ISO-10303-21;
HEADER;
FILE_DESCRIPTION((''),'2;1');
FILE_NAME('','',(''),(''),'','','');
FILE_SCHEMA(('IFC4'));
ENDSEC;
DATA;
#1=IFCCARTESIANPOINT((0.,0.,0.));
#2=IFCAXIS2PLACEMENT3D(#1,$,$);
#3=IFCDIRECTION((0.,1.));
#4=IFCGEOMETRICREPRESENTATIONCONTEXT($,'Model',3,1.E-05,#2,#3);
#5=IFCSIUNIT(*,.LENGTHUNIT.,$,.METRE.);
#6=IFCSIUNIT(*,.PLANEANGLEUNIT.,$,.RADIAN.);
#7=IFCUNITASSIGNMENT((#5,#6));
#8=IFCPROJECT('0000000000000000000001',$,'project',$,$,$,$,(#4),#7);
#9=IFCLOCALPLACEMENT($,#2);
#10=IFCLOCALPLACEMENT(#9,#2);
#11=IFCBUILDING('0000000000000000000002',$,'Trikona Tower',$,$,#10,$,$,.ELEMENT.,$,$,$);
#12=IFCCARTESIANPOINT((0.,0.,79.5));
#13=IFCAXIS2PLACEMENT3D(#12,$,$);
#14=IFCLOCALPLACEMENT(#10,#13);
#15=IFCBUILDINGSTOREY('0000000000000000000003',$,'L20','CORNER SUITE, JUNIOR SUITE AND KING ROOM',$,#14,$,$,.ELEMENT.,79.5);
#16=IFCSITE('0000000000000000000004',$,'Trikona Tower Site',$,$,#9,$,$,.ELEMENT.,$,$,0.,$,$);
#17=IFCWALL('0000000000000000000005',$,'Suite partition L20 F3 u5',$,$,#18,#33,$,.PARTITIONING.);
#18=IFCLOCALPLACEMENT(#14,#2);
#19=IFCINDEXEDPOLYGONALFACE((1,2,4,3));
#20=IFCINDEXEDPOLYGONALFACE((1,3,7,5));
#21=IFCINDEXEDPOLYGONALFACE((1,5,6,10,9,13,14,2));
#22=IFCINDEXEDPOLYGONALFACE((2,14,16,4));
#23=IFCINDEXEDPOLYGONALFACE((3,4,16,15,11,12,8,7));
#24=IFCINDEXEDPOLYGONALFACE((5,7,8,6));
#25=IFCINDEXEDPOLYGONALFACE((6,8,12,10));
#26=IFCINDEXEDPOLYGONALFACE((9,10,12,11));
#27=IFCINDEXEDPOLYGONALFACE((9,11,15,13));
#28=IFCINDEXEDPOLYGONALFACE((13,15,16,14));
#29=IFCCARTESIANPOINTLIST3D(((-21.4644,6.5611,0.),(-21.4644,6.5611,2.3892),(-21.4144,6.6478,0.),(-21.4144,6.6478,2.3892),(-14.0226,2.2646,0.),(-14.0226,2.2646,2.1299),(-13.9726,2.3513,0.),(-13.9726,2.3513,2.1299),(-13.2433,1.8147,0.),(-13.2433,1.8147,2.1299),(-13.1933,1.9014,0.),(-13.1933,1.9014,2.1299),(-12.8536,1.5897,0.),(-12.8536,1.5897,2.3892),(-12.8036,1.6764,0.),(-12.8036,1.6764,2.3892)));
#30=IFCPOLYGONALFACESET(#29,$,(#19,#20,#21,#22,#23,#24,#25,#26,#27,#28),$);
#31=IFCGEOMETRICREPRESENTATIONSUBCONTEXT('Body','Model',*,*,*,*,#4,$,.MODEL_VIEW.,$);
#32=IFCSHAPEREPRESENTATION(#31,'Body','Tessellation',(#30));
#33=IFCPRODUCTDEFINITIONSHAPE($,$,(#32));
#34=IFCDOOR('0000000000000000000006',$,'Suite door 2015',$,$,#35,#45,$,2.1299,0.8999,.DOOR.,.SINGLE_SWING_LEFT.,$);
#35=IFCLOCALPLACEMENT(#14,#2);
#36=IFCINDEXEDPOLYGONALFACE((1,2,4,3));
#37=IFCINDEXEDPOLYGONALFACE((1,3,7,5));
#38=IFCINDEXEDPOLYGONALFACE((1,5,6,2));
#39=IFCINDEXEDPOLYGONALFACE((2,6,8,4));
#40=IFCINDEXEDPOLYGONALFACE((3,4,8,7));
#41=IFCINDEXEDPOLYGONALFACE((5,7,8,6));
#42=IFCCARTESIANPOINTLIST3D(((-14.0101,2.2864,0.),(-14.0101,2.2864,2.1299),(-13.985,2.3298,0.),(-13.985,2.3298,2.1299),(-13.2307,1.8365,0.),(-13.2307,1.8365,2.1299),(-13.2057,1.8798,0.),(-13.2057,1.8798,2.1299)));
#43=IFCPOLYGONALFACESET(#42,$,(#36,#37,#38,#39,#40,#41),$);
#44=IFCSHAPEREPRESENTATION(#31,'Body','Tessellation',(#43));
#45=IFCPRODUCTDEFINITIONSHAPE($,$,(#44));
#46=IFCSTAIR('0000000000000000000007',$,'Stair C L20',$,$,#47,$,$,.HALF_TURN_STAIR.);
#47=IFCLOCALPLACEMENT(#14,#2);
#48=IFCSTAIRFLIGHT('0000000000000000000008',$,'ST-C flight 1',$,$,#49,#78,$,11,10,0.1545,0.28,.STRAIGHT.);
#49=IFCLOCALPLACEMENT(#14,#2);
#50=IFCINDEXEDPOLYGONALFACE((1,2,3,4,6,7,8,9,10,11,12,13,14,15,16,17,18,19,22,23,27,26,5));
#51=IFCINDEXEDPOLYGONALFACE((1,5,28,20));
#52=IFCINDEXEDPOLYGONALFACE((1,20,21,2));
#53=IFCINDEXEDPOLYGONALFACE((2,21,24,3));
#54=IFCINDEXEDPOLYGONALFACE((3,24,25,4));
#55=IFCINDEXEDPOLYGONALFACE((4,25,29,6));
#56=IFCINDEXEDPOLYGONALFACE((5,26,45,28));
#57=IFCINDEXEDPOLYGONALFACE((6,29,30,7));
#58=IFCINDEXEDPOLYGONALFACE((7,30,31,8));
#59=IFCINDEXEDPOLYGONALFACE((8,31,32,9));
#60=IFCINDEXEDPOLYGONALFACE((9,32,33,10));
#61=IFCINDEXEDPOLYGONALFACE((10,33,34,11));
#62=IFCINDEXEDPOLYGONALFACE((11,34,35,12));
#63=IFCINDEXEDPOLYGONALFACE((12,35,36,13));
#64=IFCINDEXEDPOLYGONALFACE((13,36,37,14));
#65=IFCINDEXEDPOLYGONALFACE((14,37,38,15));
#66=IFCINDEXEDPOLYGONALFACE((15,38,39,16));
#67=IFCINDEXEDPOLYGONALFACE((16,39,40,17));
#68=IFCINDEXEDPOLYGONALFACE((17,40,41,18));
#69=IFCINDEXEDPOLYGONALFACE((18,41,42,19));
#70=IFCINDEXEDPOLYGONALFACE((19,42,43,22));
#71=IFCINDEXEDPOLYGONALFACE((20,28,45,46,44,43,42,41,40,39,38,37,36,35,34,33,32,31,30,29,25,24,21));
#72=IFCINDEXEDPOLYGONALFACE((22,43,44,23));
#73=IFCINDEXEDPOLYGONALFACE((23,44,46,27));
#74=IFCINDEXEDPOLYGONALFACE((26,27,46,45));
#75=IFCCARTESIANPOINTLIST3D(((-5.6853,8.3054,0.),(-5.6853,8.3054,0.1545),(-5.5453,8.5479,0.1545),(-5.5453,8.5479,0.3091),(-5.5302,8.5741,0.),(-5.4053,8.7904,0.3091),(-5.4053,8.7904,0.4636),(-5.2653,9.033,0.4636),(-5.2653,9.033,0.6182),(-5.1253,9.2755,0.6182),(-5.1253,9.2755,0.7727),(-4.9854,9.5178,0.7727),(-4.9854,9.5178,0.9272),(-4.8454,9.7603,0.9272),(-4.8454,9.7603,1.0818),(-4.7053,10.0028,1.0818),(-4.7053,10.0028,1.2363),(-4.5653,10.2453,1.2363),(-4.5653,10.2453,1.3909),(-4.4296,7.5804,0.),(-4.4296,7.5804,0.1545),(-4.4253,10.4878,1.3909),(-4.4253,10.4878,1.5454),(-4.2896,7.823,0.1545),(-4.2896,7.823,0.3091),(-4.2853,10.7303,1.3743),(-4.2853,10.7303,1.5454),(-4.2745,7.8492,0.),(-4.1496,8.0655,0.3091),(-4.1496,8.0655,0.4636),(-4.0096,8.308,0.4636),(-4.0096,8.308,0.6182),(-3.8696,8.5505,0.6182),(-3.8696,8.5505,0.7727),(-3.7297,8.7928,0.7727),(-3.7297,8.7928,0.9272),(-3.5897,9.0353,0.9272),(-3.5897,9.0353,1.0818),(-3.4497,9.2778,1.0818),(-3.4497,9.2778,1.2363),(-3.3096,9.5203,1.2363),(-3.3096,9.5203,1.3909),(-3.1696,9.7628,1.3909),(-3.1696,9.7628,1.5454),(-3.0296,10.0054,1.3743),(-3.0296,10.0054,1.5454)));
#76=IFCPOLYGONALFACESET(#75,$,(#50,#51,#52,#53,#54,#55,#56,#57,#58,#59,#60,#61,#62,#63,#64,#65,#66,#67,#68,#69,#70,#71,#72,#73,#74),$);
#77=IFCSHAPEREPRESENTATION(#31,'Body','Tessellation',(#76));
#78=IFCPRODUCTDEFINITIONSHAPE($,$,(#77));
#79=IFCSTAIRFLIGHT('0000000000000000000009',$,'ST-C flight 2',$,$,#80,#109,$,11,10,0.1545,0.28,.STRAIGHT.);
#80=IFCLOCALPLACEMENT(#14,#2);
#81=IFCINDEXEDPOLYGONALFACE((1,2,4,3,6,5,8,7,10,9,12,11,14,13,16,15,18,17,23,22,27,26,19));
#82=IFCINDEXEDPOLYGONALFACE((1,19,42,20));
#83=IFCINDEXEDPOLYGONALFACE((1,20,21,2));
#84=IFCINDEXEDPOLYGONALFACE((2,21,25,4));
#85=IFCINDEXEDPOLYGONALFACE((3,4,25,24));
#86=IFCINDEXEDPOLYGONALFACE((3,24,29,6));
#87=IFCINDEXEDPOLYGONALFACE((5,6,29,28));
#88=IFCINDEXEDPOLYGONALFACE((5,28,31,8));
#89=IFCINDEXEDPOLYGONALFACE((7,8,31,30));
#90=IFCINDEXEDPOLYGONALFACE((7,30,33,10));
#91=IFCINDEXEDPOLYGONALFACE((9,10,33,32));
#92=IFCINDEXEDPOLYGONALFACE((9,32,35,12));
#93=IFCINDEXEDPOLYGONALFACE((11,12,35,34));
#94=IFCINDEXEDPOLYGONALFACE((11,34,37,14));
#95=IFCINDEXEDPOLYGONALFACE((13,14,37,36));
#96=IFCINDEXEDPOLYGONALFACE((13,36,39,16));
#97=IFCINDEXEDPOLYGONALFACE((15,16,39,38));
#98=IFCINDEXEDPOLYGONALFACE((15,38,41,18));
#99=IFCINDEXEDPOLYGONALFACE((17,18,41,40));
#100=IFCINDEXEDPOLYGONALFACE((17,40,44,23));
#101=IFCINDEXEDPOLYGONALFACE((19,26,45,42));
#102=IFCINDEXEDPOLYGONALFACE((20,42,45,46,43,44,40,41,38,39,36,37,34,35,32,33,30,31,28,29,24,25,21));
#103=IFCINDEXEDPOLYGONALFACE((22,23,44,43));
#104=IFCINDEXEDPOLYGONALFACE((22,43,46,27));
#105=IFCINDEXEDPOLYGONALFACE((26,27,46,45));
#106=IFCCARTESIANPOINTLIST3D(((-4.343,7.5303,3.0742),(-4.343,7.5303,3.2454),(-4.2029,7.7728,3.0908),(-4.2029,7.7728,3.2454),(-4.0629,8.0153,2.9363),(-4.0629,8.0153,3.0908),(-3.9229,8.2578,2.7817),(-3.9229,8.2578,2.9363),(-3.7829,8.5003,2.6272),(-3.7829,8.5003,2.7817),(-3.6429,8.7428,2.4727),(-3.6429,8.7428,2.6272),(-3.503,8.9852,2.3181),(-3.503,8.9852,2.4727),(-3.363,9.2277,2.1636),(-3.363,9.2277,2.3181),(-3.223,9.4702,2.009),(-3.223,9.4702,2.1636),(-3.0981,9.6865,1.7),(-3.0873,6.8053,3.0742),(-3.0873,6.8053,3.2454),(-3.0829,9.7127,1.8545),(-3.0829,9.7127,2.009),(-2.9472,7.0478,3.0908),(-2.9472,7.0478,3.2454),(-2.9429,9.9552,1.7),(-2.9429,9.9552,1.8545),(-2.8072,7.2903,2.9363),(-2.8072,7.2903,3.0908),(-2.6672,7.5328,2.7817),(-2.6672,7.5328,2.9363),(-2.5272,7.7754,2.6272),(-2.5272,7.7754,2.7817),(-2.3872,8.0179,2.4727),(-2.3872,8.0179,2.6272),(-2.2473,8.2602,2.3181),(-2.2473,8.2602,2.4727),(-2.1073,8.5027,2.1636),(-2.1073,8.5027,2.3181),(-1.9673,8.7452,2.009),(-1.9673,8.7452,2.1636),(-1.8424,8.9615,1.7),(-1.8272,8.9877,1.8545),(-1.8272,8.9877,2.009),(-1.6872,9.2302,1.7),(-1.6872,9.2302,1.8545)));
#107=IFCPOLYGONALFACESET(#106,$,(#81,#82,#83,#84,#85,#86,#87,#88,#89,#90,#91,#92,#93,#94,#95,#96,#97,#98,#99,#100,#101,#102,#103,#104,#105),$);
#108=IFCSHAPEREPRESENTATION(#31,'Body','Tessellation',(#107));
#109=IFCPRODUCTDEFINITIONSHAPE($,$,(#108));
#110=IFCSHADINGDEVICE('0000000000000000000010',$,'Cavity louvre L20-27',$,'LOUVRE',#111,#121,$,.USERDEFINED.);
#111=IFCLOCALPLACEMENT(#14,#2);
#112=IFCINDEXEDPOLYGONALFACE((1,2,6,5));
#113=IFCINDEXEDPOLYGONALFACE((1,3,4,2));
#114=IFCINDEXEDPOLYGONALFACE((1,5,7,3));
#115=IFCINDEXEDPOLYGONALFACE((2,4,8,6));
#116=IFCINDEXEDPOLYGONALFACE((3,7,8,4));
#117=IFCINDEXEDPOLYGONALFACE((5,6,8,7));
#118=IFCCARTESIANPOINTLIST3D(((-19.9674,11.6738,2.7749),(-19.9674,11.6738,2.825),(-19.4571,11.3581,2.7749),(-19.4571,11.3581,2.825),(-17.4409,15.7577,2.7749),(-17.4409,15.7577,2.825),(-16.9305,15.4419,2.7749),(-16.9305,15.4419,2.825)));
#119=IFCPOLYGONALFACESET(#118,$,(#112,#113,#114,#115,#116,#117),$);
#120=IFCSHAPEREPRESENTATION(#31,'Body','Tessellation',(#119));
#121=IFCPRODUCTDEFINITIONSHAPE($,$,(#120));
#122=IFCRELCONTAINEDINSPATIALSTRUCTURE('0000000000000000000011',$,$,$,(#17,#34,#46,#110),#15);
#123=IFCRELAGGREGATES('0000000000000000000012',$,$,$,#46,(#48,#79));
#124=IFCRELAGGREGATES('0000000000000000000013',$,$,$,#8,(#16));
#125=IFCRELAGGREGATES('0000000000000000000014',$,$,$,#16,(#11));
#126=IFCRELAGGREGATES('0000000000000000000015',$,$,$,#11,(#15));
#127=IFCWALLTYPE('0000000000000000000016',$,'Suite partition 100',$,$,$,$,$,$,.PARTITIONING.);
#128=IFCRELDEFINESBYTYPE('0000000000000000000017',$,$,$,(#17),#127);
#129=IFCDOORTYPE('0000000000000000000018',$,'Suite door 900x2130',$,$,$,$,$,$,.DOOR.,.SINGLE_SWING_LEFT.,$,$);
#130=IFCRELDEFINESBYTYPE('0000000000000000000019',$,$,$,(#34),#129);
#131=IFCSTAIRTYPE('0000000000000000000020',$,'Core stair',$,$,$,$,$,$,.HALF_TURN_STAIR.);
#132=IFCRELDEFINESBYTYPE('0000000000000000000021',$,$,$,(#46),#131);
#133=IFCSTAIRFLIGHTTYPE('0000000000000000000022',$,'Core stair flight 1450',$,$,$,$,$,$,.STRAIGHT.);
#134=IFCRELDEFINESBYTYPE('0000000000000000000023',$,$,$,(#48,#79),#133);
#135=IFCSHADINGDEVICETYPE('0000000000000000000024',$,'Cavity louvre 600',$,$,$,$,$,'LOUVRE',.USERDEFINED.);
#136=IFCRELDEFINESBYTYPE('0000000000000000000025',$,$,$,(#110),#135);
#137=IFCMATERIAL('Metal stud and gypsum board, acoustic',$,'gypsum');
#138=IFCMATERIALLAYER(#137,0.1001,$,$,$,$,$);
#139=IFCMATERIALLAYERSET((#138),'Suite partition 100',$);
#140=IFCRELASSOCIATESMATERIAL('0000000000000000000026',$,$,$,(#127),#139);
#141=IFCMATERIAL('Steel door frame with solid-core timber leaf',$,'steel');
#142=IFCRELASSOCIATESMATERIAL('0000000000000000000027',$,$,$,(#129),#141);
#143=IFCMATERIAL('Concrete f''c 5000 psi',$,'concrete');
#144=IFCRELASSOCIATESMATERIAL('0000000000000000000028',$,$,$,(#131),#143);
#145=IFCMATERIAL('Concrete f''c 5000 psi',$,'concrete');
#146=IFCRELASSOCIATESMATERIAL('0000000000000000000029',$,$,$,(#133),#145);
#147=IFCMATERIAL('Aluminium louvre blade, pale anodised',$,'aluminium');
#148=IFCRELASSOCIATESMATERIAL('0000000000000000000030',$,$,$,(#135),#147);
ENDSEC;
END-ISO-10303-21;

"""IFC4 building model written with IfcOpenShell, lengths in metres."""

from ifc_helpers import new_model, si_unit, direction, frame, frame_2d, origin, origin_2d, place, context, subcontext, project, spatial, polyline, rectangle, outline, extrude, material, layer, layer_set, type_object, element, fill, aggregate, save


model = new_model("IFC4")

# Units and contexts
model_context = context("Model", 3, precision=1e-05, world=origin(), true_north=direction((0.0, 1.0)))
body_context = subcontext(model_context, "Body", "Model", "MODEL_VIEW")
ifc_project = project(units=[si_unit("LENGTHUNIT", "METRE"), si_unit("PLANEANGLEUNIT", "RADIAN")], contexts=[model_context])

# Site, building, storey
site_placement = place(None, origin())
site = spatial("IfcSite", under=ifc_project, at=site_placement, Name="Trikona Tower Site", CompositionType="ELEMENT", RefElevation=0.0)
building_placement = place(site_placement, origin())
building = spatial("IfcBuilding", under=site, at=building_placement, Name="Trikona Tower", CompositionType="ELEMENT")
storey_placement = place(building_placement, frame((0.0, 0.0, 79.5)))
storey = spatial("IfcBuildingStorey", under=building, at=storey_placement, Name="L20", Description="CORNER SUITE, JUNIOR SUITE AND KING ROOM", CompositionType="ELEMENT", Elevation=79.5)

# Wall, opening, door
ifc_material_1 = material(Name="Metal stud and gypsum board, acoustic", Category="gypsum")
ifc_layer_1 = layer(ifc_material_1, 0.1001)
ifc_layer_set_1 = layer_set([ifc_layer_1], Name="Suite partition 100")
wall_type_1 = type_object("IfcWallType", Name="Suite partition 100", PredefinedType="PARTITIONING", material=ifc_layer_set_1)
ifc_material_2 = material(Name="Steel door frame with solid-core timber leaf", Category="steel")
door_type_1 = type_object("IfcDoorType", Name="Suite door 900x2130", OperationType="SINGLE_SWING_LEFT", PredefinedType="DOOR", material=ifc_material_2)
wall_1_placement = place(storey_placement, frame((-12.8286, 1.6331, 0.0), z_axis=(0.0, 0.0, 1.0), x_axis=(-0.866027, 0.499997, 0.0)))
wall_1 = element("IfcWall", 1, at=wall_1_placement, inside=storey, type_object=wall_type_1, Name="Suite partition L20 F3 u5", PredefinedType="PARTITIONING", context=body_context, shape_type="SweptSolid", body=[
    extrude(rectangle(XDim=9.9429, YDim=0.1001, at=frame_2d((4.9714, 0.0))), origin(), (0.0, 0.0, 1.0), 2.3892),
])
opening_1_placement = place(wall_1_placement, frame((0.45, 0.0, 0.0)))
opening_1 = element("IfcOpeningElement", 2, at=opening_1_placement, cuts=wall_1, PredefinedType="OPENING", context=body_context, shape_type="SweptSolid", body=[
    extrude(rectangle(XDim=0.8999, YDim=2.1299, at=frame_2d((0.45, 1.0649))), frame((0.0, 0.0601, 0.0), z_axis=(0.0, -1.0, 0.0), x_axis=(1.0, 0.0, 0.0)), (0.0, 0.0, 1.0), 0.1201),
])
door_1_placement = place(opening_1_placement, origin())
door_1 = element("IfcDoor", 3, at=door_1_placement, inside=storey, type_object=door_type_1, Name="Suite door 2015", OperationType="SINGLE_SWING_LEFT", OverallHeight=2.1299, OverallWidth=0.8999, PredefinedType="DOOR", context=body_context, shape_type="SweptSolid", body=[
    extrude(rectangle(XDim=0.8999, YDim=2.1299, at=frame_2d((0.45, 1.0649))), frame((0.0, 0.0249, 0.0), z_axis=(0.0, -1.0, 0.0), x_axis=(1.0, 0.0, 0.0)), (0.0, 0.0, 1.0), 0.05),
])
fill(opening_1, door_1)

# Stair, stair flights
ifc_material_3 = material(Name="Concrete f'c 5000 psi", Category="concrete")
stair_type = type_object("IfcStairType", Name="Core stair", PredefinedType="HALF_TURN_STAIR", material=ifc_material_3)
stair_placement = place(storey_placement, origin())
stair = element("IfcStair", 4, at=stair_placement, inside=storey, type_object=stair_type, Name="Stair C L20", PredefinedType="HALF_TURN_STAIR")
ifc_material_4 = material(Name="Concrete f'c 5000 psi", Category="concrete")
stair_flight_type = type_object("IfcStairFlightType", Name="Core stair flight 1450", PredefinedType="STRAIGHT", material=ifc_material_4)
stair_flight_1_placement = place(storey_placement, frame((-5.0574, 7.9429, 0.0), z_axis=(0.0, 0.0, 1.0), x_axis=(0.5, 0.866025, 0.0)))
stair_flight_1 = element("IfcStairFlight", 5, at=stair_flight_1_placement, type_object=stair_flight_type, Name="ST-C flight 1", NumberOfRisers=11, NumberOfTreads=10, PredefinedType="STRAIGHT", RiserHeight=0.1545, TreadLength=0.28, context=body_context, shape_type="SweptSolid", body=[
    extrude(outline(polyline([(0.0, 0.0), (0.0, 0.1545), (0.28, 0.1545), (0.28, 0.3091), (0.5601, 0.3091), (0.5601, 0.4636), (0.8401, 0.4636), (0.8401, 0.6182), (1.1201, 0.6182), (1.1201, 0.7727), (1.3999, 0.7727), (1.3999, 0.9272), (1.6799, 0.9272), (1.6799, 1.0818), (1.96, 1.0818), (1.96, 1.2363), (2.24, 1.2363), (2.24, 1.3909), (2.52, 1.3909), (2.52, 1.5454), (2.8, 1.5454), (2.8, 1.7), (2.8, 1.3743), (0.3103, 0.0), (0.0, 0.0)])), frame((0.0, 0.7251, 0.0), z_axis=(0.0, -1.0, 0.0), x_axis=(1.0, 0.0, 0.0)), (0.0, 0.0, 1.0), 1.45),
])
stair_flight_2_placement = place(storey_placement, frame((-2.3152, 9.5928, 1.7), z_axis=(0.0, 0.0, 1.0), x_axis=(-0.5, -0.866025, 0.0)))
stair_flight_2 = element("IfcStairFlight", 6, at=stair_flight_2_placement, type_object=stair_flight_type, Name="ST-C flight 2", NumberOfRisers=11, NumberOfTreads=10, PredefinedType="STRAIGHT", RiserHeight=0.1545, TreadLength=0.28, context=body_context, shape_type="SweptSolid", body=[
    extrude(outline(polyline([(0.0, 0.0), (0.0, 0.1545), (0.28, 0.1545), (0.28, 0.3091), (0.5601, 0.3091), (0.5601, 0.4636), (0.8401, 0.4636), (0.8401, 0.6182), (1.1201, 0.6182), (1.1201, 0.7727), (1.3999, 0.7727), (1.3999, 0.9272), (1.6799, 0.9272), (1.6799, 1.0818), (1.96, 1.0818), (1.96, 1.2363), (2.24, 1.2363), (2.24, 1.3909), (2.52, 1.3909), (2.52, 1.5454), (2.8, 1.5454), (2.8, 1.7), (2.8, 1.3743), (0.3103, 0.0), (0.0, 0.0)])), frame((0.0, 0.7251, 0.0), z_axis=(0.0, -1.0, 0.0), x_axis=(1.0, 0.0, 0.0)), (0.0, 0.0, 1.0), 1.45),
])
aggregate(stair, [stair_flight_1, stair_flight_2])

# Shading device
ifc_material_5 = material(Name="Aluminium louvre blade, pale anodised", Category="aluminium")
shading_device_type = type_object("IfcShadingDeviceType", Name="Cavity louvre 600", ElementType="LOUVRE", PredefinedType="USERDEFINED", material=ifc_material_5)
shading_device_placement = place(storey_placement, frame((-18.449, 13.5579, 2.7749), z_axis=(0.0, 0.0, 1.0), x_axis=(-0.526119, -0.850411, 0.0)))
element("IfcShadingDevice", 7, at=shading_device_placement, inside=storey, type_object=shading_device_type, Name="Cavity louvre L20-27", ObjectType="LOUVRE", PredefinedType="USERDEFINED", context=body_context, shape_type="SweptSolid", body=[
    extrude(rectangle(XDim=4.8022, YDim=0.6001, at=origin_2d()), origin(), (0.0, 0.0, 1.0), 0.05),
])

save(model, "model.ifc")
